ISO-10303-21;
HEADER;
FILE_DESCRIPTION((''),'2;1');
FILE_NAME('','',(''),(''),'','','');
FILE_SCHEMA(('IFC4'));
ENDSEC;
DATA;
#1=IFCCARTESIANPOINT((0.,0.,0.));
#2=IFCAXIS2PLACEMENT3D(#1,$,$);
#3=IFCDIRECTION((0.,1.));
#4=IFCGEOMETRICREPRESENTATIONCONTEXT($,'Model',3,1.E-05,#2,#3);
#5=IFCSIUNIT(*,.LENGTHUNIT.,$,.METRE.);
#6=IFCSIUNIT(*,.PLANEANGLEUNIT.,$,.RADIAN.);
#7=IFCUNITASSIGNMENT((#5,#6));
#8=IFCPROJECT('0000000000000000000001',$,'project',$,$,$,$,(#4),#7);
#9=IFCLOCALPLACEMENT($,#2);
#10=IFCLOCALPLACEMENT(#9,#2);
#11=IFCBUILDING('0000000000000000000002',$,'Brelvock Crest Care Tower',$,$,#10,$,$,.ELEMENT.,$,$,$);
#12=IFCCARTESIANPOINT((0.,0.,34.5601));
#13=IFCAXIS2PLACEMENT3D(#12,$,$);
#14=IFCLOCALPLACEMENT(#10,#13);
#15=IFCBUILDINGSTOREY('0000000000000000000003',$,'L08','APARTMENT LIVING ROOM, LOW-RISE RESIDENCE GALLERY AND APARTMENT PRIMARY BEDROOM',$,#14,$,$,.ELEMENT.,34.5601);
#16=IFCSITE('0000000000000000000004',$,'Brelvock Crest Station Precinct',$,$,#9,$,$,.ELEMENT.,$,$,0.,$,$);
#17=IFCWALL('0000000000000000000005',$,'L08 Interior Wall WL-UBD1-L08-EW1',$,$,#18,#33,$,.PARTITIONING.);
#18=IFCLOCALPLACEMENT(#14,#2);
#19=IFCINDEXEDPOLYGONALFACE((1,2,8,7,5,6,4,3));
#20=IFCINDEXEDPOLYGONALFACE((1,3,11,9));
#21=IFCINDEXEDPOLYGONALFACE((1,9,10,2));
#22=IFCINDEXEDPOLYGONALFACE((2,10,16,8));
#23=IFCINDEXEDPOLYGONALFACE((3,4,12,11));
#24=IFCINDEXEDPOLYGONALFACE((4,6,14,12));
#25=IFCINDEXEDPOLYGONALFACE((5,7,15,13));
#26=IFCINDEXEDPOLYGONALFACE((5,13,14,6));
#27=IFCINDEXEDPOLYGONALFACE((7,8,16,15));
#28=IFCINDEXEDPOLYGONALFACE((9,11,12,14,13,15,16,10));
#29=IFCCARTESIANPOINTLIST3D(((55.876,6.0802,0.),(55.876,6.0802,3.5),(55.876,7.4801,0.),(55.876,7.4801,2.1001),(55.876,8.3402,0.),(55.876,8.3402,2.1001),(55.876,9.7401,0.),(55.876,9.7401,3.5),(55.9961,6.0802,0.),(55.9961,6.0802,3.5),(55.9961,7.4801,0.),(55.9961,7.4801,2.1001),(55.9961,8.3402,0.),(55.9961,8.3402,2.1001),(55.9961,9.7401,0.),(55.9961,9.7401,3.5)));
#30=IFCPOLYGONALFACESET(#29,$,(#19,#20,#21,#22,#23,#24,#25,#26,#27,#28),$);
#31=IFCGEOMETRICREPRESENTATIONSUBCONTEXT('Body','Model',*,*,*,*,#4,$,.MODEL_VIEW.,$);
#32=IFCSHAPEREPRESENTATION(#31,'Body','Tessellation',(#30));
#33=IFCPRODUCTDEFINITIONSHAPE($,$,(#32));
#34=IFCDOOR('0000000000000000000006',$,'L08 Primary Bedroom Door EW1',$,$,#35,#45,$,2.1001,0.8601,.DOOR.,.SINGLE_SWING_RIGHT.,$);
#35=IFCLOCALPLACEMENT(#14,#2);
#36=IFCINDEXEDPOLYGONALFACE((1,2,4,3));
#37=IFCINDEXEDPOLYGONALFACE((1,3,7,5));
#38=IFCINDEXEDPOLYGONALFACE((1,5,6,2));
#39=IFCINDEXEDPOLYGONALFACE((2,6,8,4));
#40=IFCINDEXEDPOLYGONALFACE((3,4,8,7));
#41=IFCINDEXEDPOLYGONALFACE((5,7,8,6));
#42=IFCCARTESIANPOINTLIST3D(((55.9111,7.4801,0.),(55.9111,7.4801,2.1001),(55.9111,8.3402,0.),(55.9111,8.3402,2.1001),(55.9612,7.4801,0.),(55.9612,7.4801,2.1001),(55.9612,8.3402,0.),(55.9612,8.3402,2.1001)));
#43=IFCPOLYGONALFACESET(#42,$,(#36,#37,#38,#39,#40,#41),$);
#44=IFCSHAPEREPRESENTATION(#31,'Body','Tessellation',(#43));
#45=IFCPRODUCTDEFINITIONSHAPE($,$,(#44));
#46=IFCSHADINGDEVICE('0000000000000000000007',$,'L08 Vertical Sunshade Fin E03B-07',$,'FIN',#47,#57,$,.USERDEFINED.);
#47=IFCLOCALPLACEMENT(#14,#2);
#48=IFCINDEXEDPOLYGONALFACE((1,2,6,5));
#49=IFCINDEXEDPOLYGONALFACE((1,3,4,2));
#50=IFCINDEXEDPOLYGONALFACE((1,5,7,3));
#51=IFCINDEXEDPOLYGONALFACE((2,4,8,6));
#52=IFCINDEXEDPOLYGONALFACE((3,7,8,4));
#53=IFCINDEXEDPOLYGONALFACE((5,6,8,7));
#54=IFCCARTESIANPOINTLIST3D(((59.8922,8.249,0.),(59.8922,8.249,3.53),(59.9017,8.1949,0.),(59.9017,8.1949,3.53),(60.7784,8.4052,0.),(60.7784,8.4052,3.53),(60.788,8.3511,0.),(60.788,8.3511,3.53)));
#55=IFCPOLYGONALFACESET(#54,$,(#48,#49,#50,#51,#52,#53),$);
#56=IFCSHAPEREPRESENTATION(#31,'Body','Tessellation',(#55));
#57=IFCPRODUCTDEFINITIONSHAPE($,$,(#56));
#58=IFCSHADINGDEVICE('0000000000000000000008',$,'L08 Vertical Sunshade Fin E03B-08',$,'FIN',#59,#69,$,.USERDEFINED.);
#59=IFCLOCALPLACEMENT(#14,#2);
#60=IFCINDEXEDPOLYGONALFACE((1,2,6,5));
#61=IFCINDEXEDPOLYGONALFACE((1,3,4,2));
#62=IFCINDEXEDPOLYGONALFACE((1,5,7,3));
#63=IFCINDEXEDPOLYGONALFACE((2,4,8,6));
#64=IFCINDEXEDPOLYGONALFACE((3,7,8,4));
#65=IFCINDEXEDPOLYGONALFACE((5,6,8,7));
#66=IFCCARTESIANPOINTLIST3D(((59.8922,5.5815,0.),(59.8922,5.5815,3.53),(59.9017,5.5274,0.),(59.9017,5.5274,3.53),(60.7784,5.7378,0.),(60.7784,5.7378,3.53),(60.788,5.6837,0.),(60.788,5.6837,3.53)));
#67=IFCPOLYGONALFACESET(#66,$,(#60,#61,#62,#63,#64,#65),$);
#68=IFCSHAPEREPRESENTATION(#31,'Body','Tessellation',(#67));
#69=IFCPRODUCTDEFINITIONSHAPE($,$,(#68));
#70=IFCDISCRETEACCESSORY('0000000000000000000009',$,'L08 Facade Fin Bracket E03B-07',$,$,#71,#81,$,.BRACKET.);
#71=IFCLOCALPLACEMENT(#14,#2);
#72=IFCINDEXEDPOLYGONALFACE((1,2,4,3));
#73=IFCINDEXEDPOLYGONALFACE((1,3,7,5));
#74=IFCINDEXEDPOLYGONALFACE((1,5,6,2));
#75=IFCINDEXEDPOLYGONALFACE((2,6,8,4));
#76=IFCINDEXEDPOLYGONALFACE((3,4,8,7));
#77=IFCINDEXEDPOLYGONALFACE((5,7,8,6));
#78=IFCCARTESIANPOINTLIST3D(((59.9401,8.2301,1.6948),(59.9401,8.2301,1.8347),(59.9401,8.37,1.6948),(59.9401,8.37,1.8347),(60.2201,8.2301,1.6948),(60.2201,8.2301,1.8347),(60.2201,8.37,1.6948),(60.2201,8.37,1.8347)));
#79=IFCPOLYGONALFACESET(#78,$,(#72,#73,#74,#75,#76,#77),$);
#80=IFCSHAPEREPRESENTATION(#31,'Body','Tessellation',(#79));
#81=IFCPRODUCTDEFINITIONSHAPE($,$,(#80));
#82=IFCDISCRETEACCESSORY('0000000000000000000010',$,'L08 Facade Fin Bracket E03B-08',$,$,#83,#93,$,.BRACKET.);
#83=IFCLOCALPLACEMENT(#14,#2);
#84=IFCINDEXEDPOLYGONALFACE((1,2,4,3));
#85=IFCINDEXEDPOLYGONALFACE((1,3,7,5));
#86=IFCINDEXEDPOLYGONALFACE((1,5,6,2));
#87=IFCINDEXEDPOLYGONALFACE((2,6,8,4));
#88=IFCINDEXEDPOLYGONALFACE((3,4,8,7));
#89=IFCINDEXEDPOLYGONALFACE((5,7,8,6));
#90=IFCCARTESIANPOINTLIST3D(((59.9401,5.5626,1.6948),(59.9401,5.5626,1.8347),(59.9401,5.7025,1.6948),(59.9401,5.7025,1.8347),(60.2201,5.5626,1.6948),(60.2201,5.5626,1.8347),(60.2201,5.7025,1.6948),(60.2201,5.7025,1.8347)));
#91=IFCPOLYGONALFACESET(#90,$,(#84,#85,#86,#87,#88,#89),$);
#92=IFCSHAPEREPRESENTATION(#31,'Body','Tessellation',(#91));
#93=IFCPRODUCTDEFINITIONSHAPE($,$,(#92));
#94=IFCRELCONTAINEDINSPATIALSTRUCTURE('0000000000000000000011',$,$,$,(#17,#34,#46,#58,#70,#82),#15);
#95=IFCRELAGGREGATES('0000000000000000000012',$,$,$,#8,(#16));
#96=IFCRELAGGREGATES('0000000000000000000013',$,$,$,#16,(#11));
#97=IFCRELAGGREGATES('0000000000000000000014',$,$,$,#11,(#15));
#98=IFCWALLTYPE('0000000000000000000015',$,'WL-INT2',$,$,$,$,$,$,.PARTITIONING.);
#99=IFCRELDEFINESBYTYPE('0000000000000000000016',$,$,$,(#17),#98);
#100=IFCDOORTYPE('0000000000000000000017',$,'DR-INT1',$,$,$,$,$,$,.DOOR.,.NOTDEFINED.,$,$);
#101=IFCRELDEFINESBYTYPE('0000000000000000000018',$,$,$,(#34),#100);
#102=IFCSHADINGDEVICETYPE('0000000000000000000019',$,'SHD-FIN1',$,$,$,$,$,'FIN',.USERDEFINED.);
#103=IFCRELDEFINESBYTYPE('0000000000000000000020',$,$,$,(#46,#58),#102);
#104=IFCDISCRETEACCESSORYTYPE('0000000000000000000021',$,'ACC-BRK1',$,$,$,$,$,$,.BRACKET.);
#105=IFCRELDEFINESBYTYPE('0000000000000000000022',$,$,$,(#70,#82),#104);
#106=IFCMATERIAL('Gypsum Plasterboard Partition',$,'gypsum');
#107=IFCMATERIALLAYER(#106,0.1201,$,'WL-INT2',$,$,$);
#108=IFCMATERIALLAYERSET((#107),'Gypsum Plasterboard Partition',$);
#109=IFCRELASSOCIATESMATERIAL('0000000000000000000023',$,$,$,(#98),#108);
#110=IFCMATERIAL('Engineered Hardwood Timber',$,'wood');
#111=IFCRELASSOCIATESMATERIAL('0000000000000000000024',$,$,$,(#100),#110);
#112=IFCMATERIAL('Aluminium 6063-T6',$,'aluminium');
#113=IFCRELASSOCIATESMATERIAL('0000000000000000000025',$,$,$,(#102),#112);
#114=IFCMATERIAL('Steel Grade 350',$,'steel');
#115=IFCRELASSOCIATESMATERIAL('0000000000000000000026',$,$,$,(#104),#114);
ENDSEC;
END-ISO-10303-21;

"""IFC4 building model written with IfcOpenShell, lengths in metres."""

from ifc_helpers import new_model, si_unit, direction, frame, frame_2d, origin, origin_2d, place, context, subcontext, project, spatial, rectangle, extrude, source, transform, mapped, material, layer, layer_set, material_profile, profile_set, type_object, element, fill, save


model = new_model("IFC4")

# Units and contexts
model_context = context("Model", 3, precision=1e-05, world=origin(), true_north=direction((0.0, 1.0)))
body_context = subcontext(model_context, "Body", "Model", "MODEL_VIEW")
ifc_project = project(units=[si_unit("LENGTHUNIT", "METRE"), si_unit("PLANEANGLEUNIT", "RADIAN")], contexts=[model_context])

# Site, building, storey
site_placement = place(None, origin())
site = spatial("IfcSite", under=ifc_project, at=site_placement, Name="Brelvock Crest Station Precinct", CompositionType="ELEMENT", RefElevation=0.0)
building_placement = place(site_placement, origin())
building = spatial("IfcBuilding", under=site, at=building_placement, Name="Brelvock Crest Care Tower", CompositionType="ELEMENT")
storey_placement = place(building_placement, frame((0.0, 0.0, 34.5601)))
storey = spatial("IfcBuildingStorey", under=building, at=storey_placement, Name="L08", Description="APARTMENT LIVING ROOM, LOW-RISE RESIDENCE GALLERY AND APARTMENT PRIMARY BEDROOM", CompositionType="ELEMENT", Elevation=34.5601)

# Shared definitions
ifc_material_1 = material(Name="Aluminium 6063-T6", Category="aluminium")

# Shared definitions
ifc_material_2 = material(Name="Gypsum Plasterboard Partition", Category="gypsum")
ifc_layer_1 = layer(ifc_material_2, 0.1201, Name="WL-INT2")
ifc_layer_set_1 = layer_set([ifc_layer_1], Name="Gypsum Plasterboard Partition")
wall_type_1 = type_object("IfcWallType", Name="WL-INT2", PredefinedType="PARTITIONING", material=ifc_layer_set_1)

# Wall, opening, door
wall_1_placement = place(storey_placement, frame((55.936, 6.0801, 0.0), z_axis=(0.0, 0.0, 1.0), x_axis=(0.0, 1.0, 0.0)))
wall_1 = element("IfcWall", 1, at=wall_1_placement, inside=storey, type_object=wall_type_1, Name="L08 Interior Wall WL-UBD1-L08-EW1", PredefinedType="PARTITIONING", context=body_context, shape_type="SweptSolid", body=[
    extrude(rectangle(XDim=3.6599, YDim=0.1201, at=frame_2d((1.8301, 0.0))), origin(), (0.0, 0.0, 1.0), 3.5),
])
opening_placement = place(wall_1_placement, frame((1.3999, 0.0, 0.0)))
opening = element("IfcOpeningElement", 2, at=opening_placement, cuts=wall_1, PredefinedType="OPENING", context=body_context, shape_type="SweptSolid", body=[
    extrude(rectangle(XDim=0.8601, YDim=2.1001, at=origin_2d()), frame((0.4302, 0.0701, 1.05), z_axis=(0.0, -1.0, 0.0), x_axis=(1.0, 0.0, 0.0)), (0.0, 0.0, 1.0), 0.1401),
])
ifc_material_3 = material(Name="Engineered Hardwood Timber", Category="wood")
door_type = type_object("IfcDoorType", Name="DR-INT1", OperationType="NOTDEFINED", PredefinedType="DOOR", material=ifc_material_3)
shared_shape_1 = source(origin(), body_context, "Body", "SweptSolid", [
    extrude(rectangle(XDim=0.8601, YDim=2.1001, at=origin_2d()), frame((0.4302, 0.0249, 1.05), z_axis=(0.0, -1.0, 0.0), x_axis=(1.0, 0.0, 0.0)), (0.0, 0.0, 1.0), 0.05),
])
door_placement = place(opening_placement, origin())
door = element("IfcDoor", 3, at=door_placement, inside=storey, type_object=door_type, Name="L08 Primary Bedroom Door EW1", OperationType="SINGLE_SWING_RIGHT", OverallHeight=2.1001, OverallWidth=0.8601, PredefinedType="DOOR", context=body_context, shape_type="MappedRepresentation", body=[
    mapped(shared_shape_1, transform((0.0, 0.0, 0.0), x_axis=(1.0, 0.0, 0.0), y_axis=(0.0, 1.0, 0.0), z_axis=(0.0, 0.0, 1.0), scale=1.0)),
])
fill(opening, door)

# Shading devices
ifc_material_profile_1 = material_profile(ifc_material_1, rectangle(XDim=0.0549, YDim=0.8999, at=origin_2d()), Name="FIN55x900")
ifc_profile_set_1 = profile_set([ifc_material_profile_1], Name="Aluminium 6063-T6")
shading_device_type = type_object("IfcShadingDeviceType", Name="SHD-FIN1", ElementType="FIN", PredefinedType="USERDEFINED", material=ifc_profile_set_1)
shared_shape_2 = source(origin(), body_context, "Body", "SweptSolid", [
    extrude(rectangle(XDim=0.0549, YDim=0.8999, at=origin_2d()), origin(), (0.0, 0.0, 1.0), 3.53),
])
for number, where, z_axis, x_axis, name in (
    (4, (60.3401, 8.3, 0.0), (0.0, 0.0, 1.0), (0.173648, -0.984808, 0.0), "L08 Vertical Sunshade Fin E03B-07"),
    (5, (60.3401, 5.6326, 0.0), (0.0, 0.0, 1.0), (0.173648, -0.984808, 0.0), "L08 Vertical Sunshade Fin E03B-08"),
):
    element("IfcShadingDevice", number, at=place(storey_placement, frame(where, z_axis=z_axis, x_axis=x_axis)), inside=storey, type_object=shading_device_type, Name=name, ObjectType="FIN", PredefinedType="USERDEFINED", context=body_context, shape_type="MappedRepresentation", body=[
        mapped(shared_shape_2, transform((0.0, 0.0, 0.0), x_axis=(1.0, 0.0, 0.0), y_axis=(0.0, 1.0, 0.0), z_axis=(0.0, 0.0, 1.0), scale=1.0)),
    ])

# Discrete accessories
ifc_material_4 = material(Name="Steel Grade 350", Category="steel")
discrete_accessory_type = type_object("IfcDiscreteAccessoryType", Name="ACC-BRK1", PredefinedType="BRACKET", material=ifc_material_4)
shared_shape_3 = source(origin(), body_context, "Body", "SweptSolid", [
    extrude(rectangle(XDim=0.28, YDim=0.1399, at=origin_2d()), origin(), (0.0, 0.0, 1.0), 0.1399),
])
for number, where, z_axis, x_axis, name in (
    (6, (60.0801, 8.3, 1.6948), (0.0, 0.0, 1.0), (1.0, 0.0, 0.0), "L08 Facade Fin Bracket E03B-07"),
    (7, (60.0801, 5.6326, 1.6948), (0.0, 0.0, 1.0), (1.0, 0.0, 0.0), "L08 Facade Fin Bracket E03B-08"),
):
    element("IfcDiscreteAccessory", number, at=place(storey_placement, frame(where, z_axis=z_axis, x_axis=x_axis)), inside=storey, type_object=discrete_accessory_type, Name=name, PredefinedType="BRACKET", context=body_context, shape_type="MappedRepresentation", body=[
        mapped(shared_shape_3, transform((0.0, 0.0, 0.0), x_axis=(1.0, 0.0, 0.0), y_axis=(0.0, 1.0, 0.0), z_axis=(0.0, 0.0, 1.0), scale=1.0)),
    ])

save(model, "model.ifc")
